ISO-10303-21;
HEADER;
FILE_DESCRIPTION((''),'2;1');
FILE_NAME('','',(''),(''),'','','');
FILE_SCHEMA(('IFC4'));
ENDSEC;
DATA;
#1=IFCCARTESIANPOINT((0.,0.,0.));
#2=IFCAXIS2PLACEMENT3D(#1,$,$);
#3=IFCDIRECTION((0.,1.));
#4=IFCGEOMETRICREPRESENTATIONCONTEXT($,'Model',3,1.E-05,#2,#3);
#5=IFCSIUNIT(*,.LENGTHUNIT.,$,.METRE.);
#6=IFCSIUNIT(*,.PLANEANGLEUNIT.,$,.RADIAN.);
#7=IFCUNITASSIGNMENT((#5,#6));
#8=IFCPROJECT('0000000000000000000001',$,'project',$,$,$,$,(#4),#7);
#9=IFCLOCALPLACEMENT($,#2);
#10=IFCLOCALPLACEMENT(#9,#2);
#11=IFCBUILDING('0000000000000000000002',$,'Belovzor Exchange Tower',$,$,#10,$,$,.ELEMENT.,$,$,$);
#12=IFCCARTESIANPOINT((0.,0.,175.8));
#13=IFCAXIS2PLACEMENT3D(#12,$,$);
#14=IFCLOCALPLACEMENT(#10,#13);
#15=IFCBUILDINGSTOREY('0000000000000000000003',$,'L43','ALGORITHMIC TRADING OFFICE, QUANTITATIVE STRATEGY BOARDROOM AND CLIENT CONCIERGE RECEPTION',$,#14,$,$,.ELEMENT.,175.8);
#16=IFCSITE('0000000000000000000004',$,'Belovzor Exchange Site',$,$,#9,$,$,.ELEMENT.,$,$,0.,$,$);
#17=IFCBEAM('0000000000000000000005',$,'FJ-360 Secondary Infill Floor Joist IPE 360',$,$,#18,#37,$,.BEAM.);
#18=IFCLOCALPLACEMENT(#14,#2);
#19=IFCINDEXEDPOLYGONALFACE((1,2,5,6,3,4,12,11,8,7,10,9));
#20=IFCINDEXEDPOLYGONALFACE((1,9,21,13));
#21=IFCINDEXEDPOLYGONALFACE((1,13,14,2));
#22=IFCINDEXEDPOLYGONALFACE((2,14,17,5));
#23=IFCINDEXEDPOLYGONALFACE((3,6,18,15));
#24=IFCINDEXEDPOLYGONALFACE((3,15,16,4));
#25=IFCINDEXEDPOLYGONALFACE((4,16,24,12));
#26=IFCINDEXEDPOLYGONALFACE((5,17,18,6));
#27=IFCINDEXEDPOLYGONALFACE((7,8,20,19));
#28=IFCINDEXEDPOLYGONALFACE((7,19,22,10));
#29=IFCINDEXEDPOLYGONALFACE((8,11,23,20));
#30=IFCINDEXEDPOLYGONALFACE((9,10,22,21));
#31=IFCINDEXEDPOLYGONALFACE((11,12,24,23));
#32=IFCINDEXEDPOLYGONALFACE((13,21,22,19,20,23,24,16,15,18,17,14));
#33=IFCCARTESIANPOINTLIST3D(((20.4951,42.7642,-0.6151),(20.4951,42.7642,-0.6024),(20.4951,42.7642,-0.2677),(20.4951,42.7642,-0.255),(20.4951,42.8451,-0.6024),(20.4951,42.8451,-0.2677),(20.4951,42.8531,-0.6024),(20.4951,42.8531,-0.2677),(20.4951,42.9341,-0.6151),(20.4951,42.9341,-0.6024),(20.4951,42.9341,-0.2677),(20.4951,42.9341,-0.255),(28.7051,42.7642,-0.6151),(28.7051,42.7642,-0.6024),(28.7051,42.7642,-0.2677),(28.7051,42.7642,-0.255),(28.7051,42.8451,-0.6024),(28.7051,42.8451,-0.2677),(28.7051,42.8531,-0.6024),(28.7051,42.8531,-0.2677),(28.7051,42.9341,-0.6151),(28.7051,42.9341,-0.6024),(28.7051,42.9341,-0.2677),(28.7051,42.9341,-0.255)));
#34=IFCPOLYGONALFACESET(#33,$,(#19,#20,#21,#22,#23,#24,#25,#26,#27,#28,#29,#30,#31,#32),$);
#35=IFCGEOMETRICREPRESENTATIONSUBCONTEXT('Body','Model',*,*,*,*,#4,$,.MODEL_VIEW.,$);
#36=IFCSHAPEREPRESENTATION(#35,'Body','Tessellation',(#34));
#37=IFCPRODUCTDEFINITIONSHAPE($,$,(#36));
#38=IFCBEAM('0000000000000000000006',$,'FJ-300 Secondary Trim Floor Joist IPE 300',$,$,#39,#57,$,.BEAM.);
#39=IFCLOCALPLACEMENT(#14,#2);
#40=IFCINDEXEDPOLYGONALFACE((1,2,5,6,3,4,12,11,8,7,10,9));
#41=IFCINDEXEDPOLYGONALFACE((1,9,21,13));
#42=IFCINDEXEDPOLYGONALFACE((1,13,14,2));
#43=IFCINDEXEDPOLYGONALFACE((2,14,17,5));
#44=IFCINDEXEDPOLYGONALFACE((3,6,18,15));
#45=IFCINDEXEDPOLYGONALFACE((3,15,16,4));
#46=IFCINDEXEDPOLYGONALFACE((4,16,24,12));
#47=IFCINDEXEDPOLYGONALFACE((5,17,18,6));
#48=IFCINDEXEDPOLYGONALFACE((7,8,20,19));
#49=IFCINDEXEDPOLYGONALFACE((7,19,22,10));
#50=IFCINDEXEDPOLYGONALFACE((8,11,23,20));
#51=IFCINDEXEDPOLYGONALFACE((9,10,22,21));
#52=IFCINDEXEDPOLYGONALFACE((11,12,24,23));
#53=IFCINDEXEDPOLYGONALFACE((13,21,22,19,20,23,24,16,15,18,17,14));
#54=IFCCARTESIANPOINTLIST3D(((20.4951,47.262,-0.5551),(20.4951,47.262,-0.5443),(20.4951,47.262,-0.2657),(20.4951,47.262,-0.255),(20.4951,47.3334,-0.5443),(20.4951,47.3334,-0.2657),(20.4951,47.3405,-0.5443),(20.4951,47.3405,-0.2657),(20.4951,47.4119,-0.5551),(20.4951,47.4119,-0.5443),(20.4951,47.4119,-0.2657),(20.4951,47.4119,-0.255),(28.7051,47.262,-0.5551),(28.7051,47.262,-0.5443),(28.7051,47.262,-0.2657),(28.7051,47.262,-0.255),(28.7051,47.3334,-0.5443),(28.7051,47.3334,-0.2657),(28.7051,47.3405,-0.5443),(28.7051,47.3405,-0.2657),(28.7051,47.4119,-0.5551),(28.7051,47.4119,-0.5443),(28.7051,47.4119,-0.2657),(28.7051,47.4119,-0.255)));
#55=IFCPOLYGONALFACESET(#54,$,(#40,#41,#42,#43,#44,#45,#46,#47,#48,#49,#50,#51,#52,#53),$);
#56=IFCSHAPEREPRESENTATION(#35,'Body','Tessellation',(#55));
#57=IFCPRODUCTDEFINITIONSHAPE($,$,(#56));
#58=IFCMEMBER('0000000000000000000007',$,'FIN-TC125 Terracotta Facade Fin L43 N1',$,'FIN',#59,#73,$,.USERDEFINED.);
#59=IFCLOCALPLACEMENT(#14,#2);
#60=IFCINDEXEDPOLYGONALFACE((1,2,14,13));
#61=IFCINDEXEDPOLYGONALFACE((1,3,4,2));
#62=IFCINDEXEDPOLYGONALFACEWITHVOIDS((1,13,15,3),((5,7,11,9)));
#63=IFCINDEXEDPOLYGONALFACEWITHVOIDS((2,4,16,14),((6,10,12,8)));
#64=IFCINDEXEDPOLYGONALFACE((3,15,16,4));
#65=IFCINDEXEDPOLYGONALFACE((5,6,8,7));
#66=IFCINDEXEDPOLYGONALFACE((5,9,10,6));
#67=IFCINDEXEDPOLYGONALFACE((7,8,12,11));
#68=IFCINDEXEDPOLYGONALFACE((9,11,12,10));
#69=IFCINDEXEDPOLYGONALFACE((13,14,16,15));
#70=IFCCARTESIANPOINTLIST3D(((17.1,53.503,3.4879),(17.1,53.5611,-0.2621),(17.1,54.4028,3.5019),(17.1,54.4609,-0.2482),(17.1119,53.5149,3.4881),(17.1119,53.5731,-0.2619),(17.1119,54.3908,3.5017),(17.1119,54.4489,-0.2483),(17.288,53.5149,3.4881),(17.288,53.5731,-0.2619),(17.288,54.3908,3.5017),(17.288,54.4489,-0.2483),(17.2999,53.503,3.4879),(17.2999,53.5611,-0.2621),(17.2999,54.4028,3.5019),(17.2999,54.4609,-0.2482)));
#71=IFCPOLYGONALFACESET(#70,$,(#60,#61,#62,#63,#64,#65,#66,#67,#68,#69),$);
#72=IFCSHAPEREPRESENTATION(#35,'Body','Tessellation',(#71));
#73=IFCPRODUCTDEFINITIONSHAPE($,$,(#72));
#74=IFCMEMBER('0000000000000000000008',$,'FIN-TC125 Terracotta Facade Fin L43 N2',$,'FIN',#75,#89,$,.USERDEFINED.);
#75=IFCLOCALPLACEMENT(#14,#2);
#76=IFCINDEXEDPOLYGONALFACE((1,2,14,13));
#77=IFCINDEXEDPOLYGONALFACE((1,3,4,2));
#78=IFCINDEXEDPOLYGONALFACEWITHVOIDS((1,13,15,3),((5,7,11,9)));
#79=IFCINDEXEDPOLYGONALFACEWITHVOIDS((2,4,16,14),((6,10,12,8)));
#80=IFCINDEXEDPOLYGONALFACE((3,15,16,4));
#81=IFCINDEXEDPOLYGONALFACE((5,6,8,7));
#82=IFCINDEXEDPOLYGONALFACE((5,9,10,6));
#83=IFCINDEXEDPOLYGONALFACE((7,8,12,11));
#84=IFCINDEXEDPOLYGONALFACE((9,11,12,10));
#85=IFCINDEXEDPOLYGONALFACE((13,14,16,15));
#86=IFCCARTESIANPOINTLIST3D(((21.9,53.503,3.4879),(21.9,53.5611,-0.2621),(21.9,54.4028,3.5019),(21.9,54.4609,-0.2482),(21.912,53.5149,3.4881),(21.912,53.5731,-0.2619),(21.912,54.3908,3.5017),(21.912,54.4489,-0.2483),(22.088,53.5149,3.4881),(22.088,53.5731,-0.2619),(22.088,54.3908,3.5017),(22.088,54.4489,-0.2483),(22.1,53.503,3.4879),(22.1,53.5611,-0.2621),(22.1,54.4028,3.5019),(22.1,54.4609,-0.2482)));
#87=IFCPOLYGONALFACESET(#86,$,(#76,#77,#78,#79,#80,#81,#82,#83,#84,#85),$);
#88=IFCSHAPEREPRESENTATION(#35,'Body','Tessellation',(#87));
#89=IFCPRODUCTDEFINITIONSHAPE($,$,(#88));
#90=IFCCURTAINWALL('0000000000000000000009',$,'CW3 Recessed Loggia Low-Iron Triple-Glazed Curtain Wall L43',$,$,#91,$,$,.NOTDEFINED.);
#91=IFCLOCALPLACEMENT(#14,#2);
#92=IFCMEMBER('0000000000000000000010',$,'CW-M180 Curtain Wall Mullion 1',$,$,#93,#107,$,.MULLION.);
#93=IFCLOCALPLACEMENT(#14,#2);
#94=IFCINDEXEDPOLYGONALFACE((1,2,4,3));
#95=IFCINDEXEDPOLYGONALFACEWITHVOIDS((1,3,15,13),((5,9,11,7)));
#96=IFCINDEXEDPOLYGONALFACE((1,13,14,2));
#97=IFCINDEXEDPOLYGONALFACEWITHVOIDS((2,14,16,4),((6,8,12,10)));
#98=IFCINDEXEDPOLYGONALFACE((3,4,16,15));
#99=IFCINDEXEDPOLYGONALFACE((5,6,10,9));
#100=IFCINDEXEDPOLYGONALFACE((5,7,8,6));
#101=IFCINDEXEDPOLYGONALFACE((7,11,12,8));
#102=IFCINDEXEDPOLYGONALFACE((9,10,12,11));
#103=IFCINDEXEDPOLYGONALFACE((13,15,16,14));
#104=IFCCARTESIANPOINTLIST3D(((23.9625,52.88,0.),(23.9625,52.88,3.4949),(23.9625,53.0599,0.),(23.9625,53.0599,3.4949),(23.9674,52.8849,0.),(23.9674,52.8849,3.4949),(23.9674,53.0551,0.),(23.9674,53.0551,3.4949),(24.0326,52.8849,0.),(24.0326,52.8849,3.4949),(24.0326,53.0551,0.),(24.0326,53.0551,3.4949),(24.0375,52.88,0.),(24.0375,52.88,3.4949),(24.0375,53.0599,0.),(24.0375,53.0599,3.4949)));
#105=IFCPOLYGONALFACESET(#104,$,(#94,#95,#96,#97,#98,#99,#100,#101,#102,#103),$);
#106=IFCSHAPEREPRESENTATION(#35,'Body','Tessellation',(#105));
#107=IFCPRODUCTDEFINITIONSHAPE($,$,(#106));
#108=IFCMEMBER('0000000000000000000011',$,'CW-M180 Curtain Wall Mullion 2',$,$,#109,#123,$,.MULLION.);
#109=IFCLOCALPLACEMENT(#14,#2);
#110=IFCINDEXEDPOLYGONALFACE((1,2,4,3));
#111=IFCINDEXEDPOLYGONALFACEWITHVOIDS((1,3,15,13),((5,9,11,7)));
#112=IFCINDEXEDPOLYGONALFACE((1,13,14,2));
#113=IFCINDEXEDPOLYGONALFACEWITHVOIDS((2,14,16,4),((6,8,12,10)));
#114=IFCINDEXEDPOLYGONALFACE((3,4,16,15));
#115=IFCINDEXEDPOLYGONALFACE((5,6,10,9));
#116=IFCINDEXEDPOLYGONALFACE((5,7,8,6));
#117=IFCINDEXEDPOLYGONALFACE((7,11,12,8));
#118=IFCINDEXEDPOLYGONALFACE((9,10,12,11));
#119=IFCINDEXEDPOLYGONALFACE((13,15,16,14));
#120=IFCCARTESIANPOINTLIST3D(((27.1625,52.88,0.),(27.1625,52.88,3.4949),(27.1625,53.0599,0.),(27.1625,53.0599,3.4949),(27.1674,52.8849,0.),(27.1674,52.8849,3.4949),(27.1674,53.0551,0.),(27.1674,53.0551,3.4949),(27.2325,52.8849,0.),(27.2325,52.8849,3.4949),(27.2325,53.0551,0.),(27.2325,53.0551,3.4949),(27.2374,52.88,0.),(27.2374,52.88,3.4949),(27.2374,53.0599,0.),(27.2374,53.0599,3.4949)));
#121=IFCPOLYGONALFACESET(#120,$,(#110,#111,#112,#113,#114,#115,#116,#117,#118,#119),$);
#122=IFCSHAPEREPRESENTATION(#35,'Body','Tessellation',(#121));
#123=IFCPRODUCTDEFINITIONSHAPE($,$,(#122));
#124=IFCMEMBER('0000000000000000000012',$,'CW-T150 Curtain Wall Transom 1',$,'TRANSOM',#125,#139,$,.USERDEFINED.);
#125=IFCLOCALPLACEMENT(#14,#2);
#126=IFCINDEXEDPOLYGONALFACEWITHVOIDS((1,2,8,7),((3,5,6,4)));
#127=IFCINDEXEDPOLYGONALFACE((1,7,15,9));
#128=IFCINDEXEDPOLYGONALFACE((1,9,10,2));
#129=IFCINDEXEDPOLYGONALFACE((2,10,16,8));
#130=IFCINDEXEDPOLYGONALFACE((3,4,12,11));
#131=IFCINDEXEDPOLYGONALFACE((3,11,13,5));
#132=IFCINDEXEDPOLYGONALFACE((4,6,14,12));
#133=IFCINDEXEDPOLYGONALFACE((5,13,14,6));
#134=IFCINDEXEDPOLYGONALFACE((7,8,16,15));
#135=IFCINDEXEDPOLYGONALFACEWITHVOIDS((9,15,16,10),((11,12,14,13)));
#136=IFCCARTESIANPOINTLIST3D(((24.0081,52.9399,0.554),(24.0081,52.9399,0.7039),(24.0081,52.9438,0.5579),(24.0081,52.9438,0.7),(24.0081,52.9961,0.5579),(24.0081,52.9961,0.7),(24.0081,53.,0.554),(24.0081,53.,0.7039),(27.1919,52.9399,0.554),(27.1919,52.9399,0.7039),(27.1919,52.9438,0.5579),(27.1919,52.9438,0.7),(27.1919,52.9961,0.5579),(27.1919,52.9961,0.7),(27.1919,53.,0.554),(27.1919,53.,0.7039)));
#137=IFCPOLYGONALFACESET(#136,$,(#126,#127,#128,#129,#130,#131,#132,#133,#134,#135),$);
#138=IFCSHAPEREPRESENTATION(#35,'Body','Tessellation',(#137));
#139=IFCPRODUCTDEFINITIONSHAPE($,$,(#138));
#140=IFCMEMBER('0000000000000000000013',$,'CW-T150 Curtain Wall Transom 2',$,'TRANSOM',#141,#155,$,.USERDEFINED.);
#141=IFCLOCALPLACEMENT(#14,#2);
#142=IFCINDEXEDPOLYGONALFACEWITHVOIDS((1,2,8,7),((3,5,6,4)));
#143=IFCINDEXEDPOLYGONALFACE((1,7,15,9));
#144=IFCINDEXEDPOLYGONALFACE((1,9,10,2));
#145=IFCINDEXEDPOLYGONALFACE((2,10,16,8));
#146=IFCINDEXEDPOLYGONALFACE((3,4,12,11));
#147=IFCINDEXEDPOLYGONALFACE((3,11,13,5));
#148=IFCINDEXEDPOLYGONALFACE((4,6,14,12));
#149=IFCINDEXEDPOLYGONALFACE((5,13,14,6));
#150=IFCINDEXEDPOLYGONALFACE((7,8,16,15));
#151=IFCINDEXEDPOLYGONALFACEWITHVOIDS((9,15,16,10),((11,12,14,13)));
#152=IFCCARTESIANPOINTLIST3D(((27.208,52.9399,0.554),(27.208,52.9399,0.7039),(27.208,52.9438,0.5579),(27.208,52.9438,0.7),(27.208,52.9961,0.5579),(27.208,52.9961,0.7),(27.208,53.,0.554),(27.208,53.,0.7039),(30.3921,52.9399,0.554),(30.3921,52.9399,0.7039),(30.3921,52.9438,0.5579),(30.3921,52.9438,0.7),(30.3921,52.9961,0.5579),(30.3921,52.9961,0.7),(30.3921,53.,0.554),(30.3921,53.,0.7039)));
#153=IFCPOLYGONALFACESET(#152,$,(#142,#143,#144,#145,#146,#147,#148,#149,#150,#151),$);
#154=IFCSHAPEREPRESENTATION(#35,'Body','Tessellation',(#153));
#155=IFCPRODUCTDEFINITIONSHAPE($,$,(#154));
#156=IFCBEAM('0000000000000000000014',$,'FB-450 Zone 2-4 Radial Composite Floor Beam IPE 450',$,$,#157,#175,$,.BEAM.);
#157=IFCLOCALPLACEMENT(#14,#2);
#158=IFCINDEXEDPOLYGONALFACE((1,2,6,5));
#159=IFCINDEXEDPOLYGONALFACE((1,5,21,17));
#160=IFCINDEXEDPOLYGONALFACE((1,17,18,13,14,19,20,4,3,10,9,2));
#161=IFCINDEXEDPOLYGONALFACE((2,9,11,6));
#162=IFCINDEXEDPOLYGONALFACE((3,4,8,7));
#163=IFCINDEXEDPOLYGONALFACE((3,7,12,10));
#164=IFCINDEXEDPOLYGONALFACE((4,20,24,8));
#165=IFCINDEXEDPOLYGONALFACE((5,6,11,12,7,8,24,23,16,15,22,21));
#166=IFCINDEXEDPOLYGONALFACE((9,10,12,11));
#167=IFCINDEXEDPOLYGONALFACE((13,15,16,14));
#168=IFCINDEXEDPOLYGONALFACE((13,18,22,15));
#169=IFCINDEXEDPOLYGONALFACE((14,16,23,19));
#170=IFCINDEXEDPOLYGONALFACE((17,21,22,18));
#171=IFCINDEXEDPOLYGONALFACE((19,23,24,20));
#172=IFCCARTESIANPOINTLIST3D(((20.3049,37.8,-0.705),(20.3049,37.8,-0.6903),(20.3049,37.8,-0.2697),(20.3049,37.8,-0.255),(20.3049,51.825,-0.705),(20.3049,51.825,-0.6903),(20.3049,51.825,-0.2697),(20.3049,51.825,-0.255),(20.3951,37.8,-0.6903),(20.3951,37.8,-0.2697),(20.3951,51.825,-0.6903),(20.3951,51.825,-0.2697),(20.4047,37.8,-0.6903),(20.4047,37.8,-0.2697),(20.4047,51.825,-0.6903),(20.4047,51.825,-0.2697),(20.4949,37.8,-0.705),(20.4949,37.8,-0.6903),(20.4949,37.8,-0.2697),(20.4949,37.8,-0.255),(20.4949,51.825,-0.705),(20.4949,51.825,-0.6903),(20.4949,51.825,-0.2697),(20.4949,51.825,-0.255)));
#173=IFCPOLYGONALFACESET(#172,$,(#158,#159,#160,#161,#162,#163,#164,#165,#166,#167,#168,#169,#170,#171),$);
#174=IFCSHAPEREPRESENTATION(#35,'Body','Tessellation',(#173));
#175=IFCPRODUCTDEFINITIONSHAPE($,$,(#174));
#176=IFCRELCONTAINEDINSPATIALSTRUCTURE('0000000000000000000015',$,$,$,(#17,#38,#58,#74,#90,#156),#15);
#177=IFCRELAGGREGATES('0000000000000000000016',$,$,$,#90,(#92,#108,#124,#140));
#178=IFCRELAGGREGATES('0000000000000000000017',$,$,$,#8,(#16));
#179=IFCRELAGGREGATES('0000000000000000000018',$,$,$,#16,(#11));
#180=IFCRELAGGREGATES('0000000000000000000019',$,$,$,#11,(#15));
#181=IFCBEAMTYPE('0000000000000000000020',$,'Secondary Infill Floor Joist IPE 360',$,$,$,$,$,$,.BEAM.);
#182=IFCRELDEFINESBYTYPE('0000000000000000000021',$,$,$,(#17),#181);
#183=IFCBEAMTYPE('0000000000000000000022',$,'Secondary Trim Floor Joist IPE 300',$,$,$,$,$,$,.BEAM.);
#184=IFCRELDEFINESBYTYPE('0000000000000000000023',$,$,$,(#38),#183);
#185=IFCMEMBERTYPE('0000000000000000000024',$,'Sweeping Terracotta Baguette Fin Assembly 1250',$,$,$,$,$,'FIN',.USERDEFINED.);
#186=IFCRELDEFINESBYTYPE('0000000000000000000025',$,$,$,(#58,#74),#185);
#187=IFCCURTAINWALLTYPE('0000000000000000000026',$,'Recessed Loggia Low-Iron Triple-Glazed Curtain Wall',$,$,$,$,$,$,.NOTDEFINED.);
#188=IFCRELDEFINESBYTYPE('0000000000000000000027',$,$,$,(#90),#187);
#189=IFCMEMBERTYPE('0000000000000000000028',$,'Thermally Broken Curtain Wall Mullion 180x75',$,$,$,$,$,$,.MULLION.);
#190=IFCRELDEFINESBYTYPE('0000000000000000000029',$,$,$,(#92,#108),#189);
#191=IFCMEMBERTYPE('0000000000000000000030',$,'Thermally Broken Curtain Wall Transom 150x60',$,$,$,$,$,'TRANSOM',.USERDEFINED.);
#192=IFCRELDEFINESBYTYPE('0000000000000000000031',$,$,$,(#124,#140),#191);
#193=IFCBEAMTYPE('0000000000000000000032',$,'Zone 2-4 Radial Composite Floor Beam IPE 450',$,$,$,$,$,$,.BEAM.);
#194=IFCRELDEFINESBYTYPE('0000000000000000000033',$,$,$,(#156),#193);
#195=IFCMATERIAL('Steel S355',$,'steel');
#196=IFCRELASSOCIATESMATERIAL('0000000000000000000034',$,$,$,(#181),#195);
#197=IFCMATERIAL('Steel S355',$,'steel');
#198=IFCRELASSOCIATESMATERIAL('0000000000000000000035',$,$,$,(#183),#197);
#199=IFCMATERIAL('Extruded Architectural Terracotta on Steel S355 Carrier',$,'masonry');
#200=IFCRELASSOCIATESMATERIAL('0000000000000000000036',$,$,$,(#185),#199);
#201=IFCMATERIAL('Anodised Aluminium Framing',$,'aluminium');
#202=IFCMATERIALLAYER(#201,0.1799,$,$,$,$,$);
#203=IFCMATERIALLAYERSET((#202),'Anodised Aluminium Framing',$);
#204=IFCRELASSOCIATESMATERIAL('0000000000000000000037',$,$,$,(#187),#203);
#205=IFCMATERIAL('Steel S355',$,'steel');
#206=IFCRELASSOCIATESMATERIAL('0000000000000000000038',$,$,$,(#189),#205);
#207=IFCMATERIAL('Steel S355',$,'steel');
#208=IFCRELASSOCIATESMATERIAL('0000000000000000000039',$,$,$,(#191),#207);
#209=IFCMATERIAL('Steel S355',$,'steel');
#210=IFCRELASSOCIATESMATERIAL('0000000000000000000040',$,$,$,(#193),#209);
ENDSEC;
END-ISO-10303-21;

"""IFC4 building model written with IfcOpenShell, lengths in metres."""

from ifc_helpers import new_model, si_unit, direction, frame, origin, origin_2d, place, context, subcontext, project, spatial, hollow_rectangle, i_section, extrude, material, layer, layer_set, material_profile, profile_set, type_object, element, aggregate, save


model = new_model("IFC4")

# Units and contexts
model_context = context("Model", 3, precision=1e-05, world=origin(), true_north=direction((0.0, 1.0)))
body_context = subcontext(model_context, "Body", "Model", "MODEL_VIEW")
ifc_project = project(units=[si_unit("LENGTHUNIT", "METRE"), si_unit("PLANEANGLEUNIT", "RADIAN")], contexts=[model_context])

# Site, building, storey
site_placement = place(None, origin())
site = spatial("IfcSite", under=ifc_project, at=site_placement, Name="Belovzor Exchange Site", CompositionType="ELEMENT", RefElevation=0.0)
building_placement = place(site_placement, origin())
building = spatial("IfcBuilding", under=site, at=building_placement, Name="Belovzor Exchange Tower", CompositionType="ELEMENT")
storey_placement = place(building_placement, frame((0.0, 0.0, 175.8)))
storey = spatial("IfcBuildingStorey", under=building, at=storey_placement, Name="L43", Description="ALGORITHMIC TRADING OFFICE, QUANTITATIVE STRATEGY BOARDROOM AND CLIENT CONCIERGE RECEPTION", CompositionType="ELEMENT", Elevation=175.8)

# Beams
ifc_material_1 = material(Name="Steel S355", Category="steel")
ifc_material_profile_1 = material_profile(ifc_material_1, i_section(OverallWidth=0.1699, OverallDepth=0.3601, WebThickness=0.0081, FlangeThickness=0.0127, at=origin_2d()))
ifc_profile_set_1 = profile_set([ifc_material_profile_1], Name="Steel S355")
beam_type_1 = type_object("IfcBeamType", Name="Secondary Infill Floor Joist IPE 360", PredefinedType="BEAM", material=ifc_profile_set_1)
beam_1_placement = place(storey_placement, frame((20.4951, 42.8491, -0.4351), z_axis=(1.0, 0.0, 0.0), x_axis=(0.0, 1.0, 0.0)))
element("IfcBeam", 1, at=beam_1_placement, inside=storey, type_object=beam_type_1, Name="FJ-360 Secondary Infill Floor Joist IPE 360", PredefinedType="BEAM", context=body_context, shape_type="SweptSolid", body=[
    extrude(i_section(OverallWidth=0.1699, OverallDepth=0.3601, WebThickness=0.0081, FlangeThickness=0.0127, at=origin_2d()), origin(), (0.0, 0.0, 1.0), 8.21),
])
ifc_material_2 = material(Name="Steel S355", Category="steel")
ifc_material_profile_2 = material_profile(ifc_material_2, i_section(OverallWidth=0.1499, OverallDepth=0.3, WebThickness=0.0071, FlangeThickness=0.0107, at=origin_2d()))
ifc_profile_set_2 = profile_set([ifc_material_profile_2], Name="Steel S355")
beam_type_2 = type_object("IfcBeamType", Name="Secondary Trim Floor Joist IPE 300", PredefinedType="BEAM", material=ifc_profile_set_2)
beam_2_placement = place(storey_placement, frame((20.4951, 47.3369, -0.405), z_axis=(1.0, 0.0, 0.0), x_axis=(0.0, 1.0, 0.0)))
element("IfcBeam", 2, at=beam_2_placement, inside=storey, type_object=beam_type_2, Name="FJ-300 Secondary Trim Floor Joist IPE 300", PredefinedType="BEAM", context=body_context, shape_type="SweptSolid", body=[
    extrude(i_section(OverallWidth=0.1499, OverallDepth=0.3, WebThickness=0.0071, FlangeThickness=0.0107, at=origin_2d()), origin(), (0.0, 0.0, 1.0), 8.21),
])

# Members
ifc_material_3 = material(Name="Extruded Architectural Terracotta on Steel S355 Carrier", Category="masonry")
ifc_material_profile_3 = material_profile(ifc_material_3, hollow_rectangle(XDim=0.2, YDim=0.8999, WallThickness=0.012, at=origin_2d()))
ifc_profile_set_3 = profile_set([ifc_material_profile_3], Name="Extruded Architectural Terracotta on Steel S355 Carrier")
member_type_1 = type_object("IfcMemberType", Name="Sweeping Terracotta Baguette Fin Assembly 1250", ElementType="FIN", PredefinedType="USERDEFINED", material=ifc_profile_set_3)
for number, where, z_axis, x_axis, name in (
    (3, (17.2, 54.011, -0.2551), (0.0, -0.015493, 0.99988), (1.0, 0.0, 0.0), "FIN-TC125 Terracotta Facade Fin L43 N1"),
    (4, (22.0, 54.011, -0.2551), (0.0, -0.015493, 0.99988), (1.0, 0.0, 0.0), "FIN-TC125 Terracotta Facade Fin L43 N2"),
):
    element("IfcMember", number, at=place(storey_placement, frame(where, z_axis=z_axis, x_axis=x_axis)), inside=storey, type_object=member_type_1, Name=name, ObjectType="FIN", PredefinedType="USERDEFINED", context=body_context, shape_type="SweptSolid", body=[
        extrude(hollow_rectangle(XDim=0.2, YDim=0.8999, WallThickness=0.012, at=origin_2d()), origin(), (0.0, 0.0, 1.0), 3.7505),
    ])

# Curtain wall, members
ifc_material_4 = material(Name="Anodised Aluminium Framing", Category="aluminium")
ifc_layer_1 = layer(ifc_material_4, 0.1799)
ifc_layer_set_1 = layer_set([ifc_layer_1], Name="Anodised Aluminium Framing")
curtain_wall_type = type_object("IfcCurtainWallType", Name="Recessed Loggia Low-Iron Triple-Glazed Curtain Wall", PredefinedType="NOTDEFINED", material=ifc_layer_set_1)
curtain_wall_placement = place(storey_placement, origin())
curtain_wall = element("IfcCurtainWall", 5, at=curtain_wall_placement, inside=storey, type_object=curtain_wall_type, Name="CW3 Recessed Loggia Low-Iron Triple-Glazed Curtain Wall L43", PredefinedType="NOTDEFINED")
ifc_material_5 = material(Name="Steel S355", Category="steel")
ifc_material_profile_4 = material_profile(ifc_material_5, hollow_rectangle(XDim=0.075, YDim=0.1799, WallThickness=0.0049, at=origin_2d()))
ifc_profile_set_4 = profile_set([ifc_material_profile_4], Name="Steel S355")
member_type_2 = type_object("IfcMemberType", Name="Thermally Broken Curtain Wall Mullion 180x75", PredefinedType="MULLION", material=ifc_profile_set_4)
member_1_placement = place(storey_placement, frame((24.0, 52.97, 0.0), z_axis=(0.0, 0.0, 1.0), x_axis=(1.0, 0.0, 0.0)))
member_1 = element("IfcMember", 6, at=member_1_placement, type_object=member_type_2, Name="CW-M180 Curtain Wall Mullion 1", PredefinedType="MULLION", context=body_context, shape_type="SweptSolid", body=[
    extrude(hollow_rectangle(XDim=0.075, YDim=0.1799, WallThickness=0.0049, at=origin_2d()), origin(), (0.0, 0.0, 1.0), 3.4949),
])
member_2_placement = place(storey_placement, frame((27.2, 52.97, 0.0), z_axis=(0.0, 0.0, 1.0), x_axis=(1.0, 0.0, 0.0)))
member_2 = element("IfcMember", 7, at=member_2_placement, type_object=member_type_2, Name="CW-M180 Curtain Wall Mullion 2", PredefinedType="MULLION", context=body_context, shape_type="SweptSolid", body=[
    extrude(hollow_rectangle(XDim=0.075, YDim=0.1799, WallThickness=0.0049, at=origin_2d()), origin(), (0.0, 0.0, 1.0), 3.4949),
])
ifc_material_6 = material(Name="Steel S355", Category="steel")
ifc_material_profile_5 = material_profile(ifc_material_6, hollow_rectangle(XDim=0.0601, YDim=0.1499, WallThickness=0.0039, at=origin_2d()))
ifc_profile_set_5 = profile_set([ifc_material_profile_5], Name="Steel S355")
member_type_3 = type_object("IfcMemberType", Name="Thermally Broken Curtain Wall Transom 150x60", ElementType="TRANSOM", PredefinedType="USERDEFINED", material=ifc_profile_set_5)
member_3_placement = place(storey_placement, frame((24.0081, 52.97, 0.6289), z_axis=(1.0, 0.0, 0.0), x_axis=(0.0, 1.0, 0.0)))
member_3 = element("IfcMember", 8, at=member_3_placement, type_object=member_type_3, Name="CW-T150 Curtain Wall Transom 1", ObjectType="TRANSOM", PredefinedType="USERDEFINED", context=body_context, shape_type="SweptSolid", body=[
    extrude(hollow_rectangle(XDim=0.0601, YDim=0.1499, WallThickness=0.0039, at=origin_2d()), origin(), (0.0, 0.0, 1.0), 3.1838),
])
member_4_placement = place(storey_placement, frame((27.208, 52.97, 0.6289), z_axis=(1.0, 0.0, 0.0), x_axis=(0.0, 1.0, 0.0)))
member_4 = element("IfcMember", 9, at=member_4_placement, type_object=member_type_3, Name="CW-T150 Curtain Wall Transom 2", ObjectType="TRANSOM", PredefinedType="USERDEFINED", context=body_context, shape_type="SweptSolid", body=[
    extrude(hollow_rectangle(XDim=0.0601, YDim=0.1499, WallThickness=0.0039, at=origin_2d()), origin(), (0.0, 0.0, 1.0), 3.1841),
])

# Beam
ifc_material_7 = material(Name="Steel S355", Category="steel")
ifc_material_profile_6 = material_profile(ifc_material_7, i_section(OverallWidth=0.1899, OverallDepth=0.45, WebThickness=0.0095, FlangeThickness=0.0146, at=origin_2d()))
ifc_profile_set_6 = profile_set([ifc_material_profile_6], Name="Steel S355")
beam_type_3 = type_object("IfcBeamType", Name="Zone 2-4 Radial Composite Floor Beam IPE 450", PredefinedType="BEAM", material=ifc_profile_set_6)
beam_3_placement = place(storey_placement, frame((20.3999, 37.8, -0.48), z_axis=(0.0, 1.0, 0.0), x_axis=(-1.0, 0.0, 0.0)))
element("IfcBeam", 10, at=beam_3_placement, inside=storey, type_object=beam_type_3, Name="FB-450 Zone 2-4 Radial Composite Floor Beam IPE 450", PredefinedType="BEAM", context=body_context, shape_type="SweptSolid", body=[
    extrude(i_section(OverallWidth=0.1899, OverallDepth=0.45, WebThickness=0.0095, FlangeThickness=0.0146, at=origin_2d()), origin(), (0.0, 0.0, 1.0), 14.0249),
])

aggregate(curtain_wall, [member_1, member_2, member_3, member_4])

save(model, "model.ifc")
